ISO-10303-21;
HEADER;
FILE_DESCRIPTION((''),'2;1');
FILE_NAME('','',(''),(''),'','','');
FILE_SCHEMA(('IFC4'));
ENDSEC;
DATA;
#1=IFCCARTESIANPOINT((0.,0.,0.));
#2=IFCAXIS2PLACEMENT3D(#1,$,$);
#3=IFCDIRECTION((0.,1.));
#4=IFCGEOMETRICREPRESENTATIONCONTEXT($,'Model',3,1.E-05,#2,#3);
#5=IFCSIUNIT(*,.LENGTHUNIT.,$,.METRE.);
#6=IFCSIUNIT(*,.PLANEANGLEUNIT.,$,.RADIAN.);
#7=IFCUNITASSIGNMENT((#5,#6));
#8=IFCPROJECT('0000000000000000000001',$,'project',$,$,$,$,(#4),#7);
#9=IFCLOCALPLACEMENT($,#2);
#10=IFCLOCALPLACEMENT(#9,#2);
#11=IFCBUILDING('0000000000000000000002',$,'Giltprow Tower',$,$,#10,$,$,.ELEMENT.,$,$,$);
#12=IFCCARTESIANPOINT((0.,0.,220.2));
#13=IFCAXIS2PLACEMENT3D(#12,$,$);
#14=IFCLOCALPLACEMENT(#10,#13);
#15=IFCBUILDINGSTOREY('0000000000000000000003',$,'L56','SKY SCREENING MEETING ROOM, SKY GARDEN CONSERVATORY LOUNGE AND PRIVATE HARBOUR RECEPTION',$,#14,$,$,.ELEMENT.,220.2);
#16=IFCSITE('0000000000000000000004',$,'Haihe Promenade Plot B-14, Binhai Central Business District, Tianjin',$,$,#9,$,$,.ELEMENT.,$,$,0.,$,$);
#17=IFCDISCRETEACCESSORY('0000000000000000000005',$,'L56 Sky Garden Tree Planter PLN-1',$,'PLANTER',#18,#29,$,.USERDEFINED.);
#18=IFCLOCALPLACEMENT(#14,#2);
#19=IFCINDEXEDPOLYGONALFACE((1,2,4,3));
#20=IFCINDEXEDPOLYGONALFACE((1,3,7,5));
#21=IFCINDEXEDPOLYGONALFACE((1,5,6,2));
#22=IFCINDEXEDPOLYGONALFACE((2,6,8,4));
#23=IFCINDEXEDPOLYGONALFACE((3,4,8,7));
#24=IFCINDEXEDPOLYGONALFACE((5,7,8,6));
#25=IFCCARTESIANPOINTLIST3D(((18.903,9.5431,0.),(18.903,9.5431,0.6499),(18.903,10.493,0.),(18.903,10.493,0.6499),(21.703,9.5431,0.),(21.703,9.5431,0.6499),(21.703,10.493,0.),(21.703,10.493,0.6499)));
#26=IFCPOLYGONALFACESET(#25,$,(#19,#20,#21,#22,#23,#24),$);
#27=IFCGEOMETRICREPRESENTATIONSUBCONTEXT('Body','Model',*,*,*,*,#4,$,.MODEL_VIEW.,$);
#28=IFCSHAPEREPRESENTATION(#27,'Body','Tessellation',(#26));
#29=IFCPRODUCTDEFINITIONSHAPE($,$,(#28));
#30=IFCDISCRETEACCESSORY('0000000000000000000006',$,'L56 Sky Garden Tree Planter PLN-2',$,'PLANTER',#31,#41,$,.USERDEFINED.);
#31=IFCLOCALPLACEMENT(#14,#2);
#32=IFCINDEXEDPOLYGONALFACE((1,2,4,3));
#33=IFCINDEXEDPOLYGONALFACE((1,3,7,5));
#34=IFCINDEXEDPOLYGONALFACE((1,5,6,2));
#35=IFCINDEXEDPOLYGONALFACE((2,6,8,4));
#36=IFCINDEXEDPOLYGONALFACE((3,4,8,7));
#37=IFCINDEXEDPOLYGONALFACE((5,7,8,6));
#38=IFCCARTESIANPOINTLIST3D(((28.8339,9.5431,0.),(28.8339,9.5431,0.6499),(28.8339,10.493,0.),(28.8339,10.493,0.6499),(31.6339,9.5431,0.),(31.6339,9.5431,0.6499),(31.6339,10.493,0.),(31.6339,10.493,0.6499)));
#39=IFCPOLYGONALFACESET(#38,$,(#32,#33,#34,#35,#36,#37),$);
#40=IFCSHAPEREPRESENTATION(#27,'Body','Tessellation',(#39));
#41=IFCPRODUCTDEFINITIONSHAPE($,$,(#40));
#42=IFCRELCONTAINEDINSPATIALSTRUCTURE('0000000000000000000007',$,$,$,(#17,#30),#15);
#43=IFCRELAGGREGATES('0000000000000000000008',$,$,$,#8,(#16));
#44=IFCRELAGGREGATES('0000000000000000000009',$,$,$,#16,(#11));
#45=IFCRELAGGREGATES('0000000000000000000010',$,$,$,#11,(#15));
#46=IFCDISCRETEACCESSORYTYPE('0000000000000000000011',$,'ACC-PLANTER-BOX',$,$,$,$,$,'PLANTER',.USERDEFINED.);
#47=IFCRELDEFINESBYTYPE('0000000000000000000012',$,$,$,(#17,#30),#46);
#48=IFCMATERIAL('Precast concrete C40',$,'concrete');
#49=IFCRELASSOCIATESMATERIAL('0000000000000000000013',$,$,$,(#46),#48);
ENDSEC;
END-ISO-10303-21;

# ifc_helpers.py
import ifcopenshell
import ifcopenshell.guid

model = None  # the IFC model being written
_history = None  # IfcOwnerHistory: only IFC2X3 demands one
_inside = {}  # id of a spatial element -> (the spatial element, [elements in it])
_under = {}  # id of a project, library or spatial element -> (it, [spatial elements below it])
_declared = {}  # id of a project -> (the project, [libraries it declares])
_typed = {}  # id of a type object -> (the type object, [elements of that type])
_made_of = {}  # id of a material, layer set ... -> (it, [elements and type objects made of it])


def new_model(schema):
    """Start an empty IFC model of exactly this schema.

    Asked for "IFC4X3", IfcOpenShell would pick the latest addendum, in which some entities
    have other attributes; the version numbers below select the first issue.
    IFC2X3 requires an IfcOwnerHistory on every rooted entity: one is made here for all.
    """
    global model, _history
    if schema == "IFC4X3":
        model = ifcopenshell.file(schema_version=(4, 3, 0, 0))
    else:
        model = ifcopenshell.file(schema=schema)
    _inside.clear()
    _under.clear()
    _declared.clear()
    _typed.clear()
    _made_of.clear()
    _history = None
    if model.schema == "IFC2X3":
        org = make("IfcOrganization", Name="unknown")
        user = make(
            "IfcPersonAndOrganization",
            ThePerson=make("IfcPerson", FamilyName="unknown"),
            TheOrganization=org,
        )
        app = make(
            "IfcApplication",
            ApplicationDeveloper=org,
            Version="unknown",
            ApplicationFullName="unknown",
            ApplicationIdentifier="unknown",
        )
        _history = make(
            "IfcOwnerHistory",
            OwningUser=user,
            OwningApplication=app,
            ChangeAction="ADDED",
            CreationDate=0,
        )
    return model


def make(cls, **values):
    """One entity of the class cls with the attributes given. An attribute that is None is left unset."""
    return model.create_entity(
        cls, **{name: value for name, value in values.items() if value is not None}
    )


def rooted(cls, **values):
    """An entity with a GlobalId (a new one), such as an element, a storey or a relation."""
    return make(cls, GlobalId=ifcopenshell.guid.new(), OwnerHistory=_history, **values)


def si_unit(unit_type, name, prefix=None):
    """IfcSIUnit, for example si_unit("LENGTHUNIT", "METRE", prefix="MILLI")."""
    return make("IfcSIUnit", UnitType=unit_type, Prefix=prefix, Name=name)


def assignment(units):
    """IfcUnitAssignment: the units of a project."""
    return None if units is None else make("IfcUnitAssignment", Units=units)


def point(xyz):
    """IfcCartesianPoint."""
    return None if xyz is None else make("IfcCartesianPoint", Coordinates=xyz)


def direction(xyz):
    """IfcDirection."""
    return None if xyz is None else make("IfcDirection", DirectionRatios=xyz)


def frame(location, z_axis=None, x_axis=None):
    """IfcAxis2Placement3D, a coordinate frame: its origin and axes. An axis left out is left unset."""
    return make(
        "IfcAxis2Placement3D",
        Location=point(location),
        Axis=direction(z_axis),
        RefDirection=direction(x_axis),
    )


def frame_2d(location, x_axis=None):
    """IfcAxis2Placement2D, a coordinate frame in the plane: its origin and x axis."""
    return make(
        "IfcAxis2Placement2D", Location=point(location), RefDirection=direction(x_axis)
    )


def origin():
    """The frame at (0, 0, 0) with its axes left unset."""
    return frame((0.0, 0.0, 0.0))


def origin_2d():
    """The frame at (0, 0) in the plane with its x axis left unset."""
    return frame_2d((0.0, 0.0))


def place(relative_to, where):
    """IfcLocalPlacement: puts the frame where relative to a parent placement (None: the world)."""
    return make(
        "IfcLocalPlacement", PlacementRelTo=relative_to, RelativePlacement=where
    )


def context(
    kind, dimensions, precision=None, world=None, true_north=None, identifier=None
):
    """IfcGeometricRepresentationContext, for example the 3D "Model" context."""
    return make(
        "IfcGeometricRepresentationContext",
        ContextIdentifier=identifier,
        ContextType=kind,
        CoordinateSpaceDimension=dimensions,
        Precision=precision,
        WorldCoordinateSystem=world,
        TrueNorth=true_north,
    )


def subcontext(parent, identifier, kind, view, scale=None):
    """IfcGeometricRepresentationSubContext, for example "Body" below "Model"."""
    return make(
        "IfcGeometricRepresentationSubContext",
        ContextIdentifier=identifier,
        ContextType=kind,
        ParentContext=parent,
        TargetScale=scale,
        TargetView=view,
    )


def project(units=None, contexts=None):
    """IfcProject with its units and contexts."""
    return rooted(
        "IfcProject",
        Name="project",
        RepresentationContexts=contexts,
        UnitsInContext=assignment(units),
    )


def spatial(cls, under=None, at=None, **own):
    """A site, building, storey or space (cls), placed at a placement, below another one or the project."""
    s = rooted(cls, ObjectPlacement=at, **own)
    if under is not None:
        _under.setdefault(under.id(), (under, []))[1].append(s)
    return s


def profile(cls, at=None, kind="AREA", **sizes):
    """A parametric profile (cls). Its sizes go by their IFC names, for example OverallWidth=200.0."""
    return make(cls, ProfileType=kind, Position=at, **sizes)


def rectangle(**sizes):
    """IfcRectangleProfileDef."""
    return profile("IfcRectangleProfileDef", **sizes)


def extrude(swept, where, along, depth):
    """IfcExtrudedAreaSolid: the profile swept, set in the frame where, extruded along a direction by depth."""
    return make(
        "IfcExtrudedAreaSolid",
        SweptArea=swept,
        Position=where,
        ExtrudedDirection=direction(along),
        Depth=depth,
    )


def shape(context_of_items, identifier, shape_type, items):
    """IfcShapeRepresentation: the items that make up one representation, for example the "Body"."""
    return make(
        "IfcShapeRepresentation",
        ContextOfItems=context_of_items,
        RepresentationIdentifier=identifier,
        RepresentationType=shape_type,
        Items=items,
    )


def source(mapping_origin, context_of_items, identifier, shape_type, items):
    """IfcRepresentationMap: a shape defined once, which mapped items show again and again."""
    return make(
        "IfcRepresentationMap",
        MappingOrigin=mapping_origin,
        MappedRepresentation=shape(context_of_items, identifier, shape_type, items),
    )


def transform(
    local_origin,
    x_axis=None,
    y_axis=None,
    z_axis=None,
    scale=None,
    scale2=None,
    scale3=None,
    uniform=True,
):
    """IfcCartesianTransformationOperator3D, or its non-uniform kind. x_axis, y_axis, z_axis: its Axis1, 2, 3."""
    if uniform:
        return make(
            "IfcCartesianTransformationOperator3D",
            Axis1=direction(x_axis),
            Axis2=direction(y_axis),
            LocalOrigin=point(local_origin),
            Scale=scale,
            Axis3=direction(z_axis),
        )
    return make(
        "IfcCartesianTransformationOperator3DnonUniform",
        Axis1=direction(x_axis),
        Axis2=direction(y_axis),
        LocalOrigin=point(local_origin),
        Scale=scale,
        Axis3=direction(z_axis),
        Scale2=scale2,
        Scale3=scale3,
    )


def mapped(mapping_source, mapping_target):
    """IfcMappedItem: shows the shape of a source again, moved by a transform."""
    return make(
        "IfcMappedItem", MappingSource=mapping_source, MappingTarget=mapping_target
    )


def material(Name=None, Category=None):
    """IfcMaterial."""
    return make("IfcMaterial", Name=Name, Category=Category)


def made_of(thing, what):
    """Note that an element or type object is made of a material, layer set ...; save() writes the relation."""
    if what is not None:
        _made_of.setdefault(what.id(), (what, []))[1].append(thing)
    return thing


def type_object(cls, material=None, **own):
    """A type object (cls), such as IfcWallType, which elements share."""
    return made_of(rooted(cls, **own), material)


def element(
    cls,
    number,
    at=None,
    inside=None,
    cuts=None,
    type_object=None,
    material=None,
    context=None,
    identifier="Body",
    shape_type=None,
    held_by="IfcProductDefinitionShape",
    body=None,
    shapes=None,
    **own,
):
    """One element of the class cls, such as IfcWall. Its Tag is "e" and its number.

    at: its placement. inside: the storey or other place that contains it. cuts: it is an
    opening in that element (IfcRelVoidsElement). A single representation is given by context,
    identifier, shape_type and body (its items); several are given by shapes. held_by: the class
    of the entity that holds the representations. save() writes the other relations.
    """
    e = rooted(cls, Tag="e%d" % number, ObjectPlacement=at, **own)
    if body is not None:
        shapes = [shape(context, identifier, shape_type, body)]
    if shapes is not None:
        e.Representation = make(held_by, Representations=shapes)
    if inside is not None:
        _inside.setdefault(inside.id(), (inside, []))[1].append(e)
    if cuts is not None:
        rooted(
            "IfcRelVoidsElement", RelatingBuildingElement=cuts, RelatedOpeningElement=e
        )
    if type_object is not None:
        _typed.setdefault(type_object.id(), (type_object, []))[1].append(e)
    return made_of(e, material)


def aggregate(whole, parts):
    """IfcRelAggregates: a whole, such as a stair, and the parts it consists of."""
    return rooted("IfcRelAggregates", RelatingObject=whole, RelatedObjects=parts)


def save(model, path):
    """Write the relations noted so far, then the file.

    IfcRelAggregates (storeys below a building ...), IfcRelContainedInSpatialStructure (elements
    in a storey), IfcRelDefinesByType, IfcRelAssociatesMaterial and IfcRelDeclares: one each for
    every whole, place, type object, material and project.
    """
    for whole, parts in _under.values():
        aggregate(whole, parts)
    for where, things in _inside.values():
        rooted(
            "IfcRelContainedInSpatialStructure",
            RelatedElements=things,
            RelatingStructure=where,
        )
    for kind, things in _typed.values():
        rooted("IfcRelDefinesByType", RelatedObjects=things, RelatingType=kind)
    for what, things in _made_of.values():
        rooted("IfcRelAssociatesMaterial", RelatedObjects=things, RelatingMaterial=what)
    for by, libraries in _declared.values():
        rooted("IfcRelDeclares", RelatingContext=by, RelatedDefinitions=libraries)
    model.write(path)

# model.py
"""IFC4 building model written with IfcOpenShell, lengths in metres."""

from ifc_helpers import new_model, si_unit, direction, frame, origin, origin_2d, place, context, subcontext, project, spatial, rectangle, extrude, source, transform, mapped, material, type_object, element, save


model = new_model("IFC4")

# Units and contexts
model_context = context("Model", 3, precision=1e-05, world=origin(), true_north=direction((0.0, 1.0)))
body_context = subcontext(model_context, "Body", "Model", "MODEL_VIEW")
ifc_project = project(units=[si_unit("LENGTHUNIT", "METRE"), si_unit("PLANEANGLEUNIT", "RADIAN")], contexts=[model_context])

# Site, building, storey
site_placement = place(None, origin())
site = spatial("IfcSite", under=ifc_project, at=site_placement, Name="Haihe Promenade Plot B-14, Binhai Central Business District, Tianjin", CompositionType="ELEMENT", RefElevation=0.0)
building_placement = place(site_placement, origin())
building = spatial("IfcBuilding", under=site, at=building_placement, Name="Giltprow Tower", CompositionType="ELEMENT")
storey_placement = place(building_placement, frame((0.0, 0.0, 220.2)))
storey = spatial("IfcBuildingStorey", under=building, at=storey_placement, Name="L56", Description="SKY SCREENING MEETING ROOM, SKY GARDEN CONSERVATORY LOUNGE AND PRIVATE HARBOUR RECEPTION", CompositionType="ELEMENT", Elevation=220.2)

# Discrete accessories
ifc_material_1 = material(Name="Precast concrete C40", Category="concrete")
discrete_accessory_type = type_object("IfcDiscreteAccessoryType", Name="ACC-PLANTER-BOX", ElementType="PLANTER", PredefinedType="USERDEFINED", material=ifc_material_1)
shared_shape_1 = source(origin(), body_context, "Body", "SweptSolid", [
    extrude(rectangle(XDim=2.8, YDim=0.95, at=origin_2d()), origin(), (0.0, 0.0, 1.0), 0.6499),
])
for number, where, z_axis, x_axis, name in (
    (1, (20.303, 10.0181, 0.0), (0.0, 0.0, 1.0), (1.0, 0.0, 0.0), "L56 Sky Garden Tree Planter PLN-1"),
    (2, (30.2339, 10.0181, 0.0), (0.0, 0.0, 1.0), (1.0, 0.0, 0.0), "L56 Sky Garden Tree Planter PLN-2"),
):
    element("IfcDiscreteAccessory", number, at=place(storey_placement, frame(where, z_axis=z_axis, x_axis=x_axis)), inside=storey, type_object=discrete_accessory_type, Name=name, ObjectType="PLANTER", PredefinedType="USERDEFINED", context=body_context, shape_type="MappedRepresentation", body=[
        mapped(shared_shape_1, transform((0.0, 0.0, 0.0), x_axis=(1.0, 0.0, 0.0), y_axis=(0.0, 1.0, 0.0), z_axis=(0.0, 0.0, 1.0), scale=1.0)),
    ])

save(model, "model.ifc")
